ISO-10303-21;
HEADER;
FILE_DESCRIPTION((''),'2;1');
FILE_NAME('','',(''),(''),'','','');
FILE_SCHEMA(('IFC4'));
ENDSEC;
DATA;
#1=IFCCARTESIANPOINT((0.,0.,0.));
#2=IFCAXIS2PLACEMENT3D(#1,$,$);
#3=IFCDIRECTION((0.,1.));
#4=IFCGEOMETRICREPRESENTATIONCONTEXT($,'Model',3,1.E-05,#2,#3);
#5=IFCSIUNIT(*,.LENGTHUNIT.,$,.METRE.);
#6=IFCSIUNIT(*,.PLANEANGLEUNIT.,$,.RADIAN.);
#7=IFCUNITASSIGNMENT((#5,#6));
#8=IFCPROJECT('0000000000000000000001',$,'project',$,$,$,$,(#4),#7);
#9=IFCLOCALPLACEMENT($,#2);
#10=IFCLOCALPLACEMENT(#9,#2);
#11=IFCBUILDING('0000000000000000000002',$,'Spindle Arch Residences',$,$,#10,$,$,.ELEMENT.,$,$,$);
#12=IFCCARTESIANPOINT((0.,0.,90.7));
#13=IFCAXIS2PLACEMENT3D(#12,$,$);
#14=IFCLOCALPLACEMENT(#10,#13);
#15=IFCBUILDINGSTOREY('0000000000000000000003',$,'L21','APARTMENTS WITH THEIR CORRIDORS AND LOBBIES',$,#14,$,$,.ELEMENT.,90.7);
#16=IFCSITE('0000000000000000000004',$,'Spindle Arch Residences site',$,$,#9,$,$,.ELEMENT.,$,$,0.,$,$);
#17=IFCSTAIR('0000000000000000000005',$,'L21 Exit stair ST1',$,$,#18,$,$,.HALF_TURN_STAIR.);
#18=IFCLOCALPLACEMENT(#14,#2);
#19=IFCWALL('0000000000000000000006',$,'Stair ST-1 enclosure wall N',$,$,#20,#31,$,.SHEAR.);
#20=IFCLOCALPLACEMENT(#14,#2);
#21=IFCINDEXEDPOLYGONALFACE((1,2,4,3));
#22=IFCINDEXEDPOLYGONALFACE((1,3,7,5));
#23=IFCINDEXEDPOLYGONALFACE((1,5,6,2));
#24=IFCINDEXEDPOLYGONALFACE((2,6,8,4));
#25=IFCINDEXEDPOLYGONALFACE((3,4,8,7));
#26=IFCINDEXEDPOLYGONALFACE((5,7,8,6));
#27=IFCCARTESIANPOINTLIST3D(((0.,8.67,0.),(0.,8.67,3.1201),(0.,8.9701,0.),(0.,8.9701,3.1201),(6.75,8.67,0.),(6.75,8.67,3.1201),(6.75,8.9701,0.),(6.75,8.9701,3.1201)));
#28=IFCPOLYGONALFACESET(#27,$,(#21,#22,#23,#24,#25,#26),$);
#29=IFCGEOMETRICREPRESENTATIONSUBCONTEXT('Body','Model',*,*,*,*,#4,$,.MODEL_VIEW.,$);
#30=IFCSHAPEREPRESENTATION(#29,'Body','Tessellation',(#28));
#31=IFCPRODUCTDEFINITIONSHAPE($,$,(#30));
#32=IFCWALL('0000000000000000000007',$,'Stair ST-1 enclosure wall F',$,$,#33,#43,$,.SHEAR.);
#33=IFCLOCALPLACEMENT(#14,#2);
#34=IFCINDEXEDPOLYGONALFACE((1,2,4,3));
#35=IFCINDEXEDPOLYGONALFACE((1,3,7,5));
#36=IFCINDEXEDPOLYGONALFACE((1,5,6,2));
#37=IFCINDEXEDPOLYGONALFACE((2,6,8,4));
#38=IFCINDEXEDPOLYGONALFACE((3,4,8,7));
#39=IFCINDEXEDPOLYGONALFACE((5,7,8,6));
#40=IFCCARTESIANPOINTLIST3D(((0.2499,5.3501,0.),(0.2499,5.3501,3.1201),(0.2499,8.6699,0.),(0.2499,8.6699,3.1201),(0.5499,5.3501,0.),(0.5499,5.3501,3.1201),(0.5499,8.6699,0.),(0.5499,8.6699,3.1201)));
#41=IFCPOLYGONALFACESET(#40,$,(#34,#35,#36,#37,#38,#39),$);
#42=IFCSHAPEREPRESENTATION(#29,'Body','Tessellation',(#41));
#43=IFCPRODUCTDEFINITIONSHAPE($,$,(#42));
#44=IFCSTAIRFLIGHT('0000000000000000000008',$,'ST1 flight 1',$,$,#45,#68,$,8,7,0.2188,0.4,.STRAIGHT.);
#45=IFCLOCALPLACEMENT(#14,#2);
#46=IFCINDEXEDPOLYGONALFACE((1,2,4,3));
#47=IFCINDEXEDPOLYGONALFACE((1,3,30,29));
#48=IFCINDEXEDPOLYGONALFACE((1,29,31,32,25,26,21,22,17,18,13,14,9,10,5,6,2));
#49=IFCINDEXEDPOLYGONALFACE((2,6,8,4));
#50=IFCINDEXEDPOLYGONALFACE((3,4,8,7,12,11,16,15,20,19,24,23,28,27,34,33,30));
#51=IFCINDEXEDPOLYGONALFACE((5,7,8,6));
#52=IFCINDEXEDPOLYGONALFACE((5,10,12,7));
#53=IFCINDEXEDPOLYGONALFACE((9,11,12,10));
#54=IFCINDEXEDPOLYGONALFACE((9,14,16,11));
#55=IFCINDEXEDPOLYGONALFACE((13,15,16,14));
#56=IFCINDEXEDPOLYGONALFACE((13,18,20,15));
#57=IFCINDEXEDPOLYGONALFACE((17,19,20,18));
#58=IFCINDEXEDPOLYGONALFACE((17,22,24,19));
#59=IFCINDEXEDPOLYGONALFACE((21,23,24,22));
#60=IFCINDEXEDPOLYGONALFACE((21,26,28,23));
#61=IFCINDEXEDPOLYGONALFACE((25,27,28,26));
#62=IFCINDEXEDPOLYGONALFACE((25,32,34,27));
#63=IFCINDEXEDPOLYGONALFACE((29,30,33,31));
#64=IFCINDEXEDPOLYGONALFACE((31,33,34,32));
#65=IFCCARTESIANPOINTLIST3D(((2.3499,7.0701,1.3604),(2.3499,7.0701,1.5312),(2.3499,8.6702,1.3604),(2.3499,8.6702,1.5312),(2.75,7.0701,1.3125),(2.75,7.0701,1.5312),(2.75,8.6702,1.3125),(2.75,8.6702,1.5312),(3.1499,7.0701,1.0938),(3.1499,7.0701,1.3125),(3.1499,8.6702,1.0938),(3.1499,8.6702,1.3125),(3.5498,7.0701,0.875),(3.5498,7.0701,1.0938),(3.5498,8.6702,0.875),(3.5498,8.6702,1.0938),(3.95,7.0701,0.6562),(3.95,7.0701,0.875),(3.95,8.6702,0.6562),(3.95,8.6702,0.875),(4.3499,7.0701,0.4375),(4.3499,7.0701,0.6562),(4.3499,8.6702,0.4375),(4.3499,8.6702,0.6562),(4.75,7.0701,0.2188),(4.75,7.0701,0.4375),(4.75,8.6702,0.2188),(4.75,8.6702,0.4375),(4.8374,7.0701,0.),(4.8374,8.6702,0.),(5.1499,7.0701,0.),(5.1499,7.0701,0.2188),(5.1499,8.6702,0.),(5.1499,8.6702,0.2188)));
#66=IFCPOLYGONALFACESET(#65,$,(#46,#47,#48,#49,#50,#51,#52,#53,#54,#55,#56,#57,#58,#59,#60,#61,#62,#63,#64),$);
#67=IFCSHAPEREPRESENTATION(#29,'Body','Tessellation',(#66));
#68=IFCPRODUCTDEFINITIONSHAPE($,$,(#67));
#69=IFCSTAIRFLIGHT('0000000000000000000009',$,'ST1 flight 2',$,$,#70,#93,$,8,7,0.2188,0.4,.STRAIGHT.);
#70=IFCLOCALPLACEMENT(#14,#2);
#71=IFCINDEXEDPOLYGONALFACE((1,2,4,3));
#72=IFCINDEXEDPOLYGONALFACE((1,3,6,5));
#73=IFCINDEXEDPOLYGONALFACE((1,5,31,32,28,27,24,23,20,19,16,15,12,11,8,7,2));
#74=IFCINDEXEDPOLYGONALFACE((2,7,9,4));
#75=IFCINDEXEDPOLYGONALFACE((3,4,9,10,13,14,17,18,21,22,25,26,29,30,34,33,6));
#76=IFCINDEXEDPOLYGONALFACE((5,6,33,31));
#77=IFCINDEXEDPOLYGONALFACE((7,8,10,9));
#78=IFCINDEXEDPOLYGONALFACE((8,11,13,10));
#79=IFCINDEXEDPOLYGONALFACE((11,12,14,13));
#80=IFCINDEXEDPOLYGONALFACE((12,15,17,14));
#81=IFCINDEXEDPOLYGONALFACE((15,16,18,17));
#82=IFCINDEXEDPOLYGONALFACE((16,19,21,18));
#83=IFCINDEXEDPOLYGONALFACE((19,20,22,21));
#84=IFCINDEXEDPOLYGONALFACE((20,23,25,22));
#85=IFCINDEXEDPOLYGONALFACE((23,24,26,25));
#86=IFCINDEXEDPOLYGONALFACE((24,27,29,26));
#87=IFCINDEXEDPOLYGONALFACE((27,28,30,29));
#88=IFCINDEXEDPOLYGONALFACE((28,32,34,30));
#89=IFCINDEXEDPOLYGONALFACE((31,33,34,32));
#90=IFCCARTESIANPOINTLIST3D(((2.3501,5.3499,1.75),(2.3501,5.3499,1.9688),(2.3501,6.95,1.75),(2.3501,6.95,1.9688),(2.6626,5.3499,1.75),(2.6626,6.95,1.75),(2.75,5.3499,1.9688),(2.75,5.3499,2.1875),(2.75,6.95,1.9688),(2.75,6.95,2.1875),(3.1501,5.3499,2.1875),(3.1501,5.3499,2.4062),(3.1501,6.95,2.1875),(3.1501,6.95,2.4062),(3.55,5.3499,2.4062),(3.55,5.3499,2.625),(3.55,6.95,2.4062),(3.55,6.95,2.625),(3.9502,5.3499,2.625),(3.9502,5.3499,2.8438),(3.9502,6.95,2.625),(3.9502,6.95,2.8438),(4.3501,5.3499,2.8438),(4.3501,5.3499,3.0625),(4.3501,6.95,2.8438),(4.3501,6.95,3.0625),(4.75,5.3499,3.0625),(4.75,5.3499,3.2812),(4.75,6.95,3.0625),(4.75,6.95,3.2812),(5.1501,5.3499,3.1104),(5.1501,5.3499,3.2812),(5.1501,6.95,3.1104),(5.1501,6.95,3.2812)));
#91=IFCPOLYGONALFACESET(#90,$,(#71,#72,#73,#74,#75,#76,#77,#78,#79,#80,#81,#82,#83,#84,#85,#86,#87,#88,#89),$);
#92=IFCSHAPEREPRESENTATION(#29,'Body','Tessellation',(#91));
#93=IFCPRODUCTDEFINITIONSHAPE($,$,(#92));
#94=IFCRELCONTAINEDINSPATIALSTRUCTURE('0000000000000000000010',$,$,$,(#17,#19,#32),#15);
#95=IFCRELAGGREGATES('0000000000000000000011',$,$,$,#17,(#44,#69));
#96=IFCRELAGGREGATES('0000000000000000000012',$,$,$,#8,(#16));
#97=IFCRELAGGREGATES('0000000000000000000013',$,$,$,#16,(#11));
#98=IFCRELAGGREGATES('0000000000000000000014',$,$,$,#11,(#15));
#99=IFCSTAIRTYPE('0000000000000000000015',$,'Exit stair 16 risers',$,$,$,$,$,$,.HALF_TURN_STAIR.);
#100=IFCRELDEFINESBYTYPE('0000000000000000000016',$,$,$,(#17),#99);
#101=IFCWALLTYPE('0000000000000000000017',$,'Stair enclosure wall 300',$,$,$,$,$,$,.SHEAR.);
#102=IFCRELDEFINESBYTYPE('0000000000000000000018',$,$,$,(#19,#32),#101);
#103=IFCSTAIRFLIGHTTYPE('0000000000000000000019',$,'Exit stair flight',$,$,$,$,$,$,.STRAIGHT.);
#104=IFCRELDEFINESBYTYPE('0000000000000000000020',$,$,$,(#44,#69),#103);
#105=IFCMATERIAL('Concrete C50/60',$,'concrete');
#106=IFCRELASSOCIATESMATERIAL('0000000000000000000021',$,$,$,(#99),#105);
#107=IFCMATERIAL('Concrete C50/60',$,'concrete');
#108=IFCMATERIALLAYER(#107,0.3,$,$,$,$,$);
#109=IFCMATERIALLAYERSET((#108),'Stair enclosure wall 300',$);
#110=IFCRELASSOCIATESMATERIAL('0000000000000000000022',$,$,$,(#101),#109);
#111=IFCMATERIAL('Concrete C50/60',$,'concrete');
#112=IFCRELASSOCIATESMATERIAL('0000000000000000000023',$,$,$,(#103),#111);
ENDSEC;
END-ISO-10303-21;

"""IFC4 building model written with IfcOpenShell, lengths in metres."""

from ifc_helpers import new_model, si_unit, direction, frame, frame_2d, origin, place, context, subcontext, project, spatial, polyline, rectangle, outline, extrude, material, layer, layer_set, type_object, element, aggregate, save


model = new_model("IFC4")

# Units and contexts
model_context = context("Model", 3, precision=1e-05, world=origin(), true_north=direction((0.0, 1.0)))
body_context = subcontext(model_context, "Body", "Model", "MODEL_VIEW")
ifc_project = project(units=[si_unit("LENGTHUNIT", "METRE"), si_unit("PLANEANGLEUNIT", "RADIAN")], contexts=[model_context])

# Site, building, storey
site_placement = place(None, origin())
site = spatial("IfcSite", under=ifc_project, at=site_placement, Name="Spindle Arch Residences site", CompositionType="ELEMENT", RefElevation=0.0)
building_placement = place(site_placement, origin())
building = spatial("IfcBuilding", under=site, at=building_placement, Name="Spindle Arch Residences", CompositionType="ELEMENT")
storey_placement = place(building_placement, frame((0.0, 0.0, 90.7)))
storey = spatial("IfcBuildingStorey", under=building, at=storey_placement, Name="L21", Description="APARTMENTS WITH THEIR CORRIDORS AND LOBBIES", CompositionType="ELEMENT", Elevation=90.7)

# Stair
ifc_material_1 = material(Name="Concrete C50/60", Category="concrete")
stair_type = type_object("IfcStairType", Name="Exit stair 16 risers", PredefinedType="HALF_TURN_STAIR", material=ifc_material_1)
stair_1_placement = place(storey_placement, origin())
stair_1 = element("IfcStair", 1, at=stair_1_placement, inside=storey, type_object=stair_type, Name="L21 Exit stair ST1", PredefinedType="HALF_TURN_STAIR")

# Walls
ifc_material_2 = material(Name="Concrete C50/60", Category="concrete")
ifc_layer_1 = layer(ifc_material_2, 0.3)
ifc_layer_set_1 = layer_set([ifc_layer_1], Name="Stair enclosure wall 300")
wall_type_1 = type_object("IfcWallType", Name="Stair enclosure wall 300", PredefinedType="SHEAR", material=ifc_layer_set_1)
for number, where, z_axis, x_axis, name in (
    (2, (0.0, 8.8201, 0.0), (0.0, 0.0, 1.0), (1.0, 0.0, 0.0), "Stair ST-1 enclosure wall N"),
):
    element("IfcWall", number, at=place(storey_placement, frame(where, z_axis=z_axis, x_axis=x_axis)), inside=storey, type_object=wall_type_1, Name=name, PredefinedType="SHEAR", context=body_context, shape_type="SweptSolid", body=[
        extrude(rectangle(XDim=6.75, YDim=0.3, at=frame_2d((3.375, 0.0))), origin(), (0.0, 0.0, 1.0), 3.1201),
    ])
wall_1_placement = place(storey_placement, frame((0.3999, 5.3501, 0.0), z_axis=(0.0, 0.0, 1.0), x_axis=(0.0, 1.0, 0.0)))
element("IfcWall", 3, at=wall_1_placement, inside=storey, type_object=wall_type_1, Name="Stair ST-1 enclosure wall F", PredefinedType="SHEAR", context=body_context, shape_type="SweptSolid", body=[
    extrude(rectangle(XDim=3.3198, YDim=0.3, at=frame_2d((1.6599, 0.0))), origin(), (0.0, 0.0, 1.0), 3.1201),
])

# Stair flights
ifc_material_3 = material(Name="Concrete C50/60", Category="concrete")
stair_flight_type = type_object("IfcStairFlightType", Name="Exit stair flight", PredefinedType="STRAIGHT", material=ifc_material_3)
stair_flight_1_placement = place(storey_placement, frame((5.1499, 7.8701, 0.0), z_axis=(0.0, 0.0, 1.0), x_axis=(-1.0, 0.0, 0.0)))
stair_flight_1 = element("IfcStairFlight", 4, at=stair_flight_1_placement, type_object=stair_flight_type, Name="ST1 flight 1", NumberOfRisers=8, NumberOfTreads=7, PredefinedType="STRAIGHT", RiserHeight=0.2188, TreadLength=0.4, context=body_context, shape_type="SweptSolid", body=[
    extrude(outline(polyline([(0.0, 0.0), (0.0, 0.2188), (0.3999, 0.2188), (0.3999, 0.4375), (0.8, 0.4375), (0.8, 0.6562), (1.2, 0.6562), (1.2, 0.875), (1.6001, 0.875), (1.6001, 1.0938), (2.0, 1.0938), (2.0, 1.3125), (2.3999, 1.3125), (2.3999, 1.5312), (2.8, 1.5312), (2.8, 1.75), (2.8, 1.3604), (0.3125, 0.0), (0.0, 0.0)])), frame((0.0, 0.8, 0.0), z_axis=(0.0, -1.0, 0.0), x_axis=(1.0, 0.0, 0.0)), (0.0, 0.0, 1.0), 1.6001),
])
stair_flight_2_placement = place(storey_placement, frame((2.3501, 6.1499, 1.75), z_axis=(0.0, 0.0, 1.0), x_axis=(1.0, 0.0, 0.0)))
stair_flight_2 = element("IfcStairFlight", 5, at=stair_flight_2_placement, type_object=stair_flight_type, Name="ST1 flight 2", NumberOfRisers=8, NumberOfTreads=7, PredefinedType="STRAIGHT", RiserHeight=0.2188, TreadLength=0.4, context=body_context, shape_type="SweptSolid", body=[
    extrude(outline(polyline([(0.0, 0.0), (0.0, 0.2188), (0.3999, 0.2188), (0.3999, 0.4375), (0.8, 0.4375), (0.8, 0.6562), (1.2, 0.6562), (1.2, 0.875), (1.6001, 0.875), (1.6001, 1.0938), (2.0, 1.0938), (2.0, 1.3125), (2.3999, 1.3125), (2.3999, 1.5312), (2.8, 1.5312), (2.8, 1.75), (2.8, 1.3604), (0.3125, 0.0), (0.0, 0.0)])), frame((0.0, 0.8, 0.0), z_axis=(0.0, -1.0, 0.0), x_axis=(1.0, 0.0, 0.0)), (0.0, 0.0, 1.0), 1.6001),
])
aggregate(stair_1, [stair_flight_1, stair_flight_2])

save(model, "model.ifc")
